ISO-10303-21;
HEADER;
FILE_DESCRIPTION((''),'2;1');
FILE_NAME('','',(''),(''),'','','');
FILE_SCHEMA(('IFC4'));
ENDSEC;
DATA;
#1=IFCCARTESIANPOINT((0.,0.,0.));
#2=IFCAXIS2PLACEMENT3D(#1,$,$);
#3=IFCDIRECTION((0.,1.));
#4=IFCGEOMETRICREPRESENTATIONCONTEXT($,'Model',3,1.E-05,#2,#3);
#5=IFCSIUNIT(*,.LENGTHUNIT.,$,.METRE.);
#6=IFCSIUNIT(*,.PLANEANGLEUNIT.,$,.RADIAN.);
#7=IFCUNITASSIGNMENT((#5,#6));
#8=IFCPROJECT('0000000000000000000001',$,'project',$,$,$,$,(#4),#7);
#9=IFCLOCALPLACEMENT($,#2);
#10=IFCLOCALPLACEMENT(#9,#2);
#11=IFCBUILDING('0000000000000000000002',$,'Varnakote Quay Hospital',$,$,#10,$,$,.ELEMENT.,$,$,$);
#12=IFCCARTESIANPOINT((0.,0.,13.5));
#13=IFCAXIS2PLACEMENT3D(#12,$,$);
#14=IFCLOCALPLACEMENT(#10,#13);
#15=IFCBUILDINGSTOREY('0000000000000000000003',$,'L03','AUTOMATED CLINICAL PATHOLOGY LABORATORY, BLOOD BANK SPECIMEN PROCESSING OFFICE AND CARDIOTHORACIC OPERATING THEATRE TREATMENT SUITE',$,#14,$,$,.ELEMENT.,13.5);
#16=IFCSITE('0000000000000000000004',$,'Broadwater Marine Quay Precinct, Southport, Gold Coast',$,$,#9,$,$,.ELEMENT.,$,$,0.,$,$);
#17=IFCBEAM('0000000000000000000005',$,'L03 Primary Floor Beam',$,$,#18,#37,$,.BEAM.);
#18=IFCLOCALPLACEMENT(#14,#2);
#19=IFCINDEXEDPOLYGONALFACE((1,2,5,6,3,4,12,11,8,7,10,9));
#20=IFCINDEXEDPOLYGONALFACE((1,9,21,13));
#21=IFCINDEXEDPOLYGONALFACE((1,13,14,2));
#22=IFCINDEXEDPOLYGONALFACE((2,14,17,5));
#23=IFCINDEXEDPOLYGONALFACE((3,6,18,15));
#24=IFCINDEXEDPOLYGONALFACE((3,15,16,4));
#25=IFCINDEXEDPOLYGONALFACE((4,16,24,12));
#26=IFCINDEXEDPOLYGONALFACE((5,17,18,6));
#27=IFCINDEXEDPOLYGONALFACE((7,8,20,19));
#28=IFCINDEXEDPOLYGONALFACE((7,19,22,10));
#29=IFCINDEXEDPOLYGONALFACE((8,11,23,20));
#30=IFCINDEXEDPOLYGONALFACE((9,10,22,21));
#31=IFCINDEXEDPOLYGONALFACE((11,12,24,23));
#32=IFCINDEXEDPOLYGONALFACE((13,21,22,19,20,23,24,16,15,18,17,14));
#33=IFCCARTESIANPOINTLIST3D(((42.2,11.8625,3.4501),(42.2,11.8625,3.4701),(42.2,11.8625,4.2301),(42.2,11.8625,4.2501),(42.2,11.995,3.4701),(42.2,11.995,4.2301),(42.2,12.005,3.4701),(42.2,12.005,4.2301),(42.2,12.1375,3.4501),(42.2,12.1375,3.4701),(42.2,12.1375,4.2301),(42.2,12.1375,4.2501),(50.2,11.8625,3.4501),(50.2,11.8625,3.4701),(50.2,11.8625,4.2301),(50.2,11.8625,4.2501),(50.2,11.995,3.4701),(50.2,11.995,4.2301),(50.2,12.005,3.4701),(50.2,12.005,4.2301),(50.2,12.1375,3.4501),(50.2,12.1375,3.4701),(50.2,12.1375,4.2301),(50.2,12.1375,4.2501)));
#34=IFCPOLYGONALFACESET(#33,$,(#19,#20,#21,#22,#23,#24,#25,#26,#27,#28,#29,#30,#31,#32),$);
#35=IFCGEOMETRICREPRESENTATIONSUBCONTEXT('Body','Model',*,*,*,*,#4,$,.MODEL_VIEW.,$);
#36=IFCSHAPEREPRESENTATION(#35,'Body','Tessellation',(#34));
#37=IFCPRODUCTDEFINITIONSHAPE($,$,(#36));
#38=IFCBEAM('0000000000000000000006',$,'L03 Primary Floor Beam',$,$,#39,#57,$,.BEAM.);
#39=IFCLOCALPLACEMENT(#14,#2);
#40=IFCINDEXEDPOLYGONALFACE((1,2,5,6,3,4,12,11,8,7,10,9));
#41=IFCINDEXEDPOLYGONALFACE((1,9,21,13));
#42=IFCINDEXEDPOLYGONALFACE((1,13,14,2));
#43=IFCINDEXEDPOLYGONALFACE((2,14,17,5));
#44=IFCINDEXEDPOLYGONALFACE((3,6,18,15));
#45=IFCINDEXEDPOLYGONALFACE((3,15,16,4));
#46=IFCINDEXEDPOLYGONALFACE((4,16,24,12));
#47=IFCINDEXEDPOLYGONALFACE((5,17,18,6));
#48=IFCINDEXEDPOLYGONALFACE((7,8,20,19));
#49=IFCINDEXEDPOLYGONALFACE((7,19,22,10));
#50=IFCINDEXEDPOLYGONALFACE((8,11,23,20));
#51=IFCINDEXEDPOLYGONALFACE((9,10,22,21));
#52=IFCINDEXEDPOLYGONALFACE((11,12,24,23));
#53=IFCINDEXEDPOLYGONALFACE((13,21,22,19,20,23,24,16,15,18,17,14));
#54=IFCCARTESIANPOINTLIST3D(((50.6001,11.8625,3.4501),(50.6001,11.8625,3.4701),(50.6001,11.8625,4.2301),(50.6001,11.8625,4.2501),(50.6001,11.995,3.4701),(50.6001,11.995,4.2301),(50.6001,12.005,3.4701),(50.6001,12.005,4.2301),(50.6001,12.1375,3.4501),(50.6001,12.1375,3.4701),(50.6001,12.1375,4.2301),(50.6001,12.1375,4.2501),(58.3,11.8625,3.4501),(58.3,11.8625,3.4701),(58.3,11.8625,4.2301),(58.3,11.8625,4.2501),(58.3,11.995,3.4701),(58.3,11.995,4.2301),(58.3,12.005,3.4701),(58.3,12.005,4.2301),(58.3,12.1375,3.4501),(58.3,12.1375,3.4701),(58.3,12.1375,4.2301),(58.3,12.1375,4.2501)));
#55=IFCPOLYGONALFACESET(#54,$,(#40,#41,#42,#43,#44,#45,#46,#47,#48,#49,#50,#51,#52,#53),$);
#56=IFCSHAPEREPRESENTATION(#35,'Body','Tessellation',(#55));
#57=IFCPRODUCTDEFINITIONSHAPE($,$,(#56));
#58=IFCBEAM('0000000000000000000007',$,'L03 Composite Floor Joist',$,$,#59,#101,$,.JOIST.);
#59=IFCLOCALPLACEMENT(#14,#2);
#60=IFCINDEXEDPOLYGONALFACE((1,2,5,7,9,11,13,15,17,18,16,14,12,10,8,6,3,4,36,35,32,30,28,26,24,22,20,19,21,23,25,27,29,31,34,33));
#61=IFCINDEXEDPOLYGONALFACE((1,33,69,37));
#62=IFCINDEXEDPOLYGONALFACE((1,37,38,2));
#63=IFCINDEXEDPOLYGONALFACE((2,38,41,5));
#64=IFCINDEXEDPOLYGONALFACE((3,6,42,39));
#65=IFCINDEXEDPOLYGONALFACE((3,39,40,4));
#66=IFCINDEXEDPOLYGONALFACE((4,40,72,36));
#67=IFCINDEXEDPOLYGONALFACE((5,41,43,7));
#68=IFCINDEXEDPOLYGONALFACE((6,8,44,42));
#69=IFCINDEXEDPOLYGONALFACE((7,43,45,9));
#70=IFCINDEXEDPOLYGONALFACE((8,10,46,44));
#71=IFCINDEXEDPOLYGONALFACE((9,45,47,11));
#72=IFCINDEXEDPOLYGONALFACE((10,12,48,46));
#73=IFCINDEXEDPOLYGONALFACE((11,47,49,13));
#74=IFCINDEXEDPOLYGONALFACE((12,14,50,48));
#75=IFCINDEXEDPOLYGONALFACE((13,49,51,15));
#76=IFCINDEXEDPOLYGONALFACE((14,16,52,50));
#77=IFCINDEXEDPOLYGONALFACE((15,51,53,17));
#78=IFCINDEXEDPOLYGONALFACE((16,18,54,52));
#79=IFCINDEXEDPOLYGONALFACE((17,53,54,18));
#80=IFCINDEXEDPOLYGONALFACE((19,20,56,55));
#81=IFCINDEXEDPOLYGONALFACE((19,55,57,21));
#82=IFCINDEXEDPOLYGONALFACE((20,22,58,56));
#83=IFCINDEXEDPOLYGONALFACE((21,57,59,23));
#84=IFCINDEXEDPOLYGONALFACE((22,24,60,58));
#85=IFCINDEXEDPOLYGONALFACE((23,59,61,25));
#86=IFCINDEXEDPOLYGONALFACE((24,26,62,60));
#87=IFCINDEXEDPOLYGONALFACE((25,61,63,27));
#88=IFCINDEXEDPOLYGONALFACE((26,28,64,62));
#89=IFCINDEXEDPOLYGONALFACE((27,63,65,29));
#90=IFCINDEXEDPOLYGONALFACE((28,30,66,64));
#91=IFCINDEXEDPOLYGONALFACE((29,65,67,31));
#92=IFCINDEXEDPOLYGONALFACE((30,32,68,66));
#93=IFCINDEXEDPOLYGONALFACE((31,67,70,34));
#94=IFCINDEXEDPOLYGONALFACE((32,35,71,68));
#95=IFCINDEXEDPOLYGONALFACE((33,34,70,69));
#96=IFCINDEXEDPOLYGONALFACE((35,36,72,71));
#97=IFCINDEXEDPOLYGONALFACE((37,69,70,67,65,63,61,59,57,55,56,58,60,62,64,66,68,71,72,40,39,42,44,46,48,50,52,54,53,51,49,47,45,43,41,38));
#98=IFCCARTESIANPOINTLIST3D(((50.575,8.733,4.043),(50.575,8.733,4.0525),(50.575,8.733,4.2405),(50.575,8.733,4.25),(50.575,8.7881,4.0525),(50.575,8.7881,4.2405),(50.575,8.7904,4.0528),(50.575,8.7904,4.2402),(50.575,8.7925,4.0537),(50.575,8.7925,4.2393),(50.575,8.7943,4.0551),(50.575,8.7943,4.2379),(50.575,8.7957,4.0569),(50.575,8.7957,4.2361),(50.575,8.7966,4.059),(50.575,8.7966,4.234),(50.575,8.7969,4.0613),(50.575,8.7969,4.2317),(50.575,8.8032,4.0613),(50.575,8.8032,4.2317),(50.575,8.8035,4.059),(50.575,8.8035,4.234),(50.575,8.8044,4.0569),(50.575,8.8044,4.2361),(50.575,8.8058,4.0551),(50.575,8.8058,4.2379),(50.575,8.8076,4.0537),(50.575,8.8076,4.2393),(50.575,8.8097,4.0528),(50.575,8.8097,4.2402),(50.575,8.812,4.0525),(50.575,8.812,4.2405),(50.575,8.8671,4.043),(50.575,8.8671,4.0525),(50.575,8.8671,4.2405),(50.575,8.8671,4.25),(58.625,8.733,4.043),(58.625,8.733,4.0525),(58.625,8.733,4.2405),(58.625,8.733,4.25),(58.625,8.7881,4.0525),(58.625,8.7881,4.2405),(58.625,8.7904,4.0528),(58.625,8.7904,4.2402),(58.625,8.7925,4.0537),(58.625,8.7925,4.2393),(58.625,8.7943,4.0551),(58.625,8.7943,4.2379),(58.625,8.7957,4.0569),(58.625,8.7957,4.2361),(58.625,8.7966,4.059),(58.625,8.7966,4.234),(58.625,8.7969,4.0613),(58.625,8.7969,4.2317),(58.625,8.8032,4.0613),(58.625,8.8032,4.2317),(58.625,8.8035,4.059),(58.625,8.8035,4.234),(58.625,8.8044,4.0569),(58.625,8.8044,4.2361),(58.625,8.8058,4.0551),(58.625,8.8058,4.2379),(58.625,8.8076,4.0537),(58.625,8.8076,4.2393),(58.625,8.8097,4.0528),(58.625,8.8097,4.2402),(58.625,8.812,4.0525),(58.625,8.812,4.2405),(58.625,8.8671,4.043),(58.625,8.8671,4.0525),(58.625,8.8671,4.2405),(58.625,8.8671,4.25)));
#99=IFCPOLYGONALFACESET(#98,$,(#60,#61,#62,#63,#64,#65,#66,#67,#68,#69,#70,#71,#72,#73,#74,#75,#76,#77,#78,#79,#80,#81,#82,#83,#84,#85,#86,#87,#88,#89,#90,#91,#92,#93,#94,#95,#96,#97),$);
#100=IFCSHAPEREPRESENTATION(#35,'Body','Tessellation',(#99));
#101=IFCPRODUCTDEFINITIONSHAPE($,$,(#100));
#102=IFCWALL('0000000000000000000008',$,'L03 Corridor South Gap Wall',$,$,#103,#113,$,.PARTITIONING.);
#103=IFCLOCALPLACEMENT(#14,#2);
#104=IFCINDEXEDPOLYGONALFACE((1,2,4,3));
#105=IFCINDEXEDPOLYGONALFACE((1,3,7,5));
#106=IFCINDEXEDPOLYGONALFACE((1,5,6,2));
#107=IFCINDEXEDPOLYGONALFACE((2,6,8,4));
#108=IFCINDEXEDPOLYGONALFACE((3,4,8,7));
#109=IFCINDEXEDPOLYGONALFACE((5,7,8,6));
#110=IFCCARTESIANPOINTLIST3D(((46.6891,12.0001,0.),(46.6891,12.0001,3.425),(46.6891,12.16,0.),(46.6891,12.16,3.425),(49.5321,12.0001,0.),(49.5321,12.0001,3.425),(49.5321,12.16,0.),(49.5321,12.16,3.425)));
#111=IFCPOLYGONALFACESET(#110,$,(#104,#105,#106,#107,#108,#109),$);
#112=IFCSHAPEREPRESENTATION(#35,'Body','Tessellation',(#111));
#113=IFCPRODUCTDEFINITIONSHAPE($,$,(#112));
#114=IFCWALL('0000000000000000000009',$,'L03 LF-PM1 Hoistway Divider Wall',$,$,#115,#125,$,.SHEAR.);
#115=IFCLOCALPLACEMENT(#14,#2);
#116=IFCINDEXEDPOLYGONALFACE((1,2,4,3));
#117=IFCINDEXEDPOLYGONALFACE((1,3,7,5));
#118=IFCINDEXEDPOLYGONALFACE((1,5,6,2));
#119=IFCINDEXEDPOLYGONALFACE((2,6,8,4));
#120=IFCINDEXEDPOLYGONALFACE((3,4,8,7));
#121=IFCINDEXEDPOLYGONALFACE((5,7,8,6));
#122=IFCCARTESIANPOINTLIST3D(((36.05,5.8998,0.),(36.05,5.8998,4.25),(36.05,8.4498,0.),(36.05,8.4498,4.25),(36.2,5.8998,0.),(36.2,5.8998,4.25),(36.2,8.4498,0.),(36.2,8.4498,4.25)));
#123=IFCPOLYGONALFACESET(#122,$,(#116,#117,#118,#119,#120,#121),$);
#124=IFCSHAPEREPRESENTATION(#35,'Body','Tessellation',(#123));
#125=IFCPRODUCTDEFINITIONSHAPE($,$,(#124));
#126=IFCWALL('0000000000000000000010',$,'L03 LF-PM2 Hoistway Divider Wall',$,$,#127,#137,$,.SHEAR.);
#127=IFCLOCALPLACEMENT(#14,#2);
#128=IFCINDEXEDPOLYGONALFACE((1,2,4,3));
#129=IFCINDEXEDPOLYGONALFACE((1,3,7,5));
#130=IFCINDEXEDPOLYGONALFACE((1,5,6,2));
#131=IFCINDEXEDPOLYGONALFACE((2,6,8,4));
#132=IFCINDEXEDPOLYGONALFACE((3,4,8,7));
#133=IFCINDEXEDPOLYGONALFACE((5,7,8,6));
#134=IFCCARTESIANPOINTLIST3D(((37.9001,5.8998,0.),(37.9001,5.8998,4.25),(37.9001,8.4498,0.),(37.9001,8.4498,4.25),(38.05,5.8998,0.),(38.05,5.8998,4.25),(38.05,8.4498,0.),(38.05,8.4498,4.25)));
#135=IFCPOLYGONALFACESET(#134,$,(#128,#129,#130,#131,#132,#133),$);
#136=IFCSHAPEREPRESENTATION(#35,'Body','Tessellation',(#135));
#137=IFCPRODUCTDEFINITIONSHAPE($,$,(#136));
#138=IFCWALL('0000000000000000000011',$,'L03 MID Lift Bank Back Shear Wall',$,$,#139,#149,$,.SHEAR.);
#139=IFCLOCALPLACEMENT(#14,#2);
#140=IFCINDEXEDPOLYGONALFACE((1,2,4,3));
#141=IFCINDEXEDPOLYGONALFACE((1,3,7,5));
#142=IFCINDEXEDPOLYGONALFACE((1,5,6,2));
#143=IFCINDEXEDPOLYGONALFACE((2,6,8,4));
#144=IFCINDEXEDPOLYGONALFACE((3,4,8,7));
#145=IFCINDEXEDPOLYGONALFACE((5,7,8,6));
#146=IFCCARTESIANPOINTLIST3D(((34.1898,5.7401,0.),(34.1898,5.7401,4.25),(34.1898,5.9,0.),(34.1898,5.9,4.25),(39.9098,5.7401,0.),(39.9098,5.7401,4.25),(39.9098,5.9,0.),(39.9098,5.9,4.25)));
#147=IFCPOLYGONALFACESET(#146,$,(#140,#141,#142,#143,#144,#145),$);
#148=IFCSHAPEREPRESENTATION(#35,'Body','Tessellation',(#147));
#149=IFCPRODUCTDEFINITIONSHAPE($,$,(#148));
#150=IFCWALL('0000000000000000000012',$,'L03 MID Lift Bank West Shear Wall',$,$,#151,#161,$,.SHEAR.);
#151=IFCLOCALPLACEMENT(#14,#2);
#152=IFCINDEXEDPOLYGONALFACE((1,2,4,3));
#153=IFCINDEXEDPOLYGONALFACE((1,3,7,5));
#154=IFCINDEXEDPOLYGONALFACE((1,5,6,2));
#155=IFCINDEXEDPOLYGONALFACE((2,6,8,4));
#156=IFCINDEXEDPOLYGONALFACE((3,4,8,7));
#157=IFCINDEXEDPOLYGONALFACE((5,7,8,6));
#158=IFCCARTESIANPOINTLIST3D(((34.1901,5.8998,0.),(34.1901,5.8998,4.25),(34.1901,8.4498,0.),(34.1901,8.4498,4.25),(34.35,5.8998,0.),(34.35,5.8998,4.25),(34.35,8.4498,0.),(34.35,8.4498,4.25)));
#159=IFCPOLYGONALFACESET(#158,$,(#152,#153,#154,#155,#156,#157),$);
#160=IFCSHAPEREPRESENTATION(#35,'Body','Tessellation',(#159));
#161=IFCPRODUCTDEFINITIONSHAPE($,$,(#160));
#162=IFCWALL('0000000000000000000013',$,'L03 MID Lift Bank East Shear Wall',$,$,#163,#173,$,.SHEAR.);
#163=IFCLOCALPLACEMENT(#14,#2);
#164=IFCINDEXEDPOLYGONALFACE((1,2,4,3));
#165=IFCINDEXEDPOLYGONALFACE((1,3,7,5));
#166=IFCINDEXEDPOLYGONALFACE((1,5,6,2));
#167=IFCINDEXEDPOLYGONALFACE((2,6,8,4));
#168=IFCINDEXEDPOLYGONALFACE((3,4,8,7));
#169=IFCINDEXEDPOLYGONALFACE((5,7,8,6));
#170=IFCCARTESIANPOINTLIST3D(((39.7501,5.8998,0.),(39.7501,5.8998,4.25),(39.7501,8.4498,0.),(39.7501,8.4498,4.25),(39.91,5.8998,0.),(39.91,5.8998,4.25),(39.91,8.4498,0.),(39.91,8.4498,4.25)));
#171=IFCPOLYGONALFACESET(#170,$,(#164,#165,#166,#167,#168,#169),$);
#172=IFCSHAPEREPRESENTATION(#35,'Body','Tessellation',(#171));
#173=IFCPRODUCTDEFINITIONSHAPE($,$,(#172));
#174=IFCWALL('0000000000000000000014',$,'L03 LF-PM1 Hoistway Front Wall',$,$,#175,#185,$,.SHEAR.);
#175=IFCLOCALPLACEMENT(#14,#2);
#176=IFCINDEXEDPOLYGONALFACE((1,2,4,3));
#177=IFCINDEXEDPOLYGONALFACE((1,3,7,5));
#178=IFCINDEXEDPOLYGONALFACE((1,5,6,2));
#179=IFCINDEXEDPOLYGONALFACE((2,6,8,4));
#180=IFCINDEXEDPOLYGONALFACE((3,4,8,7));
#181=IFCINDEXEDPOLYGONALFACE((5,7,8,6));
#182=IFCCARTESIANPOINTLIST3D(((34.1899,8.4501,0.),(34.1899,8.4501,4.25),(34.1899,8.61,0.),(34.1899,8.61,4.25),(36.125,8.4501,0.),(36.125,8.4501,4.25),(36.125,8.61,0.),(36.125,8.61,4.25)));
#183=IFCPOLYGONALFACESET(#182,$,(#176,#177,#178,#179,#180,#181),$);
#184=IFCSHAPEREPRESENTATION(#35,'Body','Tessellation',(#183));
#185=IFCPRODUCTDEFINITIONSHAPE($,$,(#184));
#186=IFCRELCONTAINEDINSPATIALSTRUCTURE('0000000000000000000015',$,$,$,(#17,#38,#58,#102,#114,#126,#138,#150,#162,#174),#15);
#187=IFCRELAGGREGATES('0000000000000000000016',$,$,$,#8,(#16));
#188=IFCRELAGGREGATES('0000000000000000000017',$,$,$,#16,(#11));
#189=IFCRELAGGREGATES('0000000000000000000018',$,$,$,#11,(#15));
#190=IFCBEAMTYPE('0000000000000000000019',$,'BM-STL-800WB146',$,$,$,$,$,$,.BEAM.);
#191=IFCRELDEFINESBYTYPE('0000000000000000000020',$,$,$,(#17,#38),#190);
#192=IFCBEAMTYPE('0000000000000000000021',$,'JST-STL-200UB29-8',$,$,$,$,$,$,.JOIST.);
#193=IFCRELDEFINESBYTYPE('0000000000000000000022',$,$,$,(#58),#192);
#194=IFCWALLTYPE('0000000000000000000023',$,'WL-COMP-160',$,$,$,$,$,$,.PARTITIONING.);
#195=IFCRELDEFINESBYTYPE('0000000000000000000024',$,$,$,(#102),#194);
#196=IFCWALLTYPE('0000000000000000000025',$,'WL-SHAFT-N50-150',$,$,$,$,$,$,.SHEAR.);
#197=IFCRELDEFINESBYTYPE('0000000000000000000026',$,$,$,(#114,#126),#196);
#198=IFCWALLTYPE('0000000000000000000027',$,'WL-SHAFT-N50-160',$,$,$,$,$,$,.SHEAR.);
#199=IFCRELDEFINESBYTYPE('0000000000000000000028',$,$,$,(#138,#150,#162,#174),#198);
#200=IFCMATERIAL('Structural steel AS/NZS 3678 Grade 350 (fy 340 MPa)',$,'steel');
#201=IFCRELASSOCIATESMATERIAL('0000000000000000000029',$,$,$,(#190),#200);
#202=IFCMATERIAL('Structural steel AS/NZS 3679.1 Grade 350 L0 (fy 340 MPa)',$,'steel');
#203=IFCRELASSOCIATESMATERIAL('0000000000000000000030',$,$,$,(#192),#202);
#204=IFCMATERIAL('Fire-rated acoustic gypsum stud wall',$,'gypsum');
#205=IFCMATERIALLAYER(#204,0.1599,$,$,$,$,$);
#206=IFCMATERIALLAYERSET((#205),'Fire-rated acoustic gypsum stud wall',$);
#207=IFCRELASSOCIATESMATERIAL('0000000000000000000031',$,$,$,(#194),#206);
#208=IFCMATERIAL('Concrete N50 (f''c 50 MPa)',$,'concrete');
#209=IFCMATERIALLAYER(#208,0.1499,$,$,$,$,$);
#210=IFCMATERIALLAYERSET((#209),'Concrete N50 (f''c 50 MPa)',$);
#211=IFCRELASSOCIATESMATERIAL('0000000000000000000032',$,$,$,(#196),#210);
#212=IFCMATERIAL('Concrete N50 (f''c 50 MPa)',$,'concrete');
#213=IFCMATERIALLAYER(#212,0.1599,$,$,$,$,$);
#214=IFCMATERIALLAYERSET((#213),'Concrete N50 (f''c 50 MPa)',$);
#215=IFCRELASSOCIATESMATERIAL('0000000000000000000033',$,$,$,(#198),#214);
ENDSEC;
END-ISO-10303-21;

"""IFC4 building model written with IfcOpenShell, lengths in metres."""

from ifc_helpers import new_model, si_unit, direction, frame, frame_2d, origin, origin_2d, place, context, subcontext, project, spatial, rectangle, i_section, extrude, material, layer, layer_set, material_profile, profile_set, type_object, element, save


model = new_model("IFC4")

# Units and contexts
model_context = context("Model", 3, precision=1e-05, world=origin(), true_north=direction((0.0, 1.0)))
body_context = subcontext(model_context, "Body", "Model", "MODEL_VIEW")
ifc_project = project(units=[si_unit("LENGTHUNIT", "METRE"), si_unit("PLANEANGLEUNIT", "RADIAN")], contexts=[model_context])

# Site, building, storey
site_placement = place(None, origin())
site = spatial("IfcSite", under=ifc_project, at=site_placement, Name="Broadwater Marine Quay Precinct, Southport, Gold Coast", CompositionType="ELEMENT", RefElevation=0.0)
building_placement = place(site_placement, origin())
building = spatial("IfcBuilding", under=site, at=building_placement, Name="Varnakote Quay Hospital", CompositionType="ELEMENT")
storey_placement = place(building_placement, frame((0.0, 0.0, 13.5)))
storey = spatial("IfcBuildingStorey", under=building, at=storey_placement, Name="L03", Description="AUTOMATED CLINICAL PATHOLOGY LABORATORY, BLOOD BANK SPECIMEN PROCESSING OFFICE AND CARDIOTHORACIC OPERATING THEATRE TREATMENT SUITE", CompositionType="ELEMENT", Elevation=13.5)

# Beams
ifc_material_1 = material(Name="Structural steel AS/NZS 3678 Grade 350 (fy 340 MPa)", Category="steel")
ifc_material_profile_1 = material_profile(ifc_material_1, i_section(OverallWidth=0.2749, OverallDepth=0.8, WebThickness=0.01, FlangeThickness=0.02, at=origin_2d()), Name="800WB146")
ifc_profile_set_1 = profile_set([ifc_material_profile_1], Name="Structural steel AS/NZS 3678 Grade 350 (fy 340 MPa)")
beam_type_1 = type_object("IfcBeamType", Name="BM-STL-800WB146", PredefinedType="BEAM", material=ifc_profile_set_1)
beam_1_placement = place(storey_placement, frame((42.2, 12.0, 3.8501), z_axis=(1.0, 0.0, 0.0), x_axis=(0.0, 1.0, 0.0)))
element("IfcBeam", 1, at=beam_1_placement, inside=storey, type_object=beam_type_1, Name="L03 Primary Floor Beam", PredefinedType="BEAM", context=body_context, shape_type="SweptSolid", body=[
    extrude(i_section(OverallWidth=0.2749, OverallDepth=0.8, WebThickness=0.01, FlangeThickness=0.02, at=origin_2d()), origin(), (0.0, 0.0, 1.0), 8.0),
])
beam_2_placement = place(storey_placement, frame((50.6001, 12.0, 3.8501), z_axis=(1.0, 0.0, 0.0), x_axis=(0.0, 1.0, 0.0)))
element("IfcBeam", 2, at=beam_2_placement, inside=storey, type_object=beam_type_1, Name="L03 Primary Floor Beam", PredefinedType="BEAM", context=body_context, shape_type="SweptSolid", body=[
    extrude(i_section(OverallWidth=0.2749, OverallDepth=0.8, WebThickness=0.01, FlangeThickness=0.02, at=origin_2d()), origin(), (0.0, 0.0, 1.0), 7.7),
])
ifc_material_2 = material(Name="Structural steel AS/NZS 3679.1 Grade 350 L0 (fy 340 MPa)", Category="steel")
ifc_material_profile_2 = material_profile(ifc_material_2, i_section(OverallWidth=0.134, OverallDepth=0.207, WebThickness=0.0063, FlangeThickness=0.0095, FilletRadius=0.0088, at=origin_2d()), Name="200UB29.8")
ifc_profile_set_2 = profile_set([ifc_material_profile_2], Name="Structural steel AS/NZS 3679.1 Grade 350 L0 (fy 340 MPa)")
beam_type_2 = type_object("IfcBeamType", Name="JST-STL-200UB29-8", PredefinedType="JOIST", material=ifc_profile_set_2)
beam_3_placement = place(storey_placement, frame((50.575, 8.8, 4.1465), z_axis=(1.0, 0.0, 0.0), x_axis=(0.0, 1.0, 0.0)))
element("IfcBeam", 3, at=beam_3_placement, inside=storey, type_object=beam_type_2, Name="L03 Composite Floor Joist", PredefinedType="JOIST", context=body_context, shape_type="SweptSolid", body=[
    extrude(i_section(OverallWidth=0.134, OverallDepth=0.207, WebThickness=0.0063, FlangeThickness=0.0095, FilletRadius=0.0088, at=origin_2d()), origin(), (0.0, 0.0, 1.0), 8.05),
])

# Walls
ifc_material_3 = material(Name="Fire-rated acoustic gypsum stud wall", Category="gypsum")
ifc_layer_1 = layer(ifc_material_3, 0.1599)
ifc_layer_set_1 = layer_set([ifc_layer_1], Name="Fire-rated acoustic gypsum stud wall")
wall_type_1 = type_object("IfcWallType", Name="WL-COMP-160", PredefinedType="PARTITIONING", material=ifc_layer_set_1)
wall_1_placement = place(storey_placement, frame((46.6892, 12.0801, 0.0), z_axis=(0.0, 0.0, 1.0), x_axis=(1.0, 0.0, 0.0)))
element("IfcWall", 4, at=wall_1_placement, inside=storey, type_object=wall_type_1, Name="L03 Corridor South Gap Wall", PredefinedType="PARTITIONING", context=body_context, shape_type="SweptSolid", body=[
    extrude(rectangle(XDim=2.843, YDim=0.1599, at=frame_2d((1.4214, 0.0))), origin(), (0.0, 0.0, 1.0), 3.425),
])
ifc_material_4 = material(Name="Concrete N50 (f'c 50 MPa)", Category="concrete")
ifc_layer_2 = layer(ifc_material_4, 0.1499)
ifc_layer_set_2 = layer_set([ifc_layer_2], Name="Concrete N50 (f'c 50 MPa)")
wall_type_2 = type_object("IfcWallType", Name="WL-SHAFT-N50-150", PredefinedType="SHEAR", material=ifc_layer_set_2)
for number, where, z_axis, x_axis, name in (
    (5, (36.125, 5.8999, 0.0), (0.0, 0.0, 1.0), (0.0, 1.0, 0.0), "L03 LF-PM1 Hoistway Divider Wall"),
    (6, (37.9751, 5.8999, 0.0), (0.0, 0.0, 1.0), (0.0, 1.0, 0.0), "L03 LF-PM2 Hoistway Divider Wall"),
):
    element("IfcWall", number, at=place(storey_placement, frame(where, z_axis=z_axis, x_axis=x_axis)), inside=storey, type_object=wall_type_2, Name=name, PredefinedType="SHEAR", context=body_context, shape_type="SweptSolid", body=[
        extrude(rectangle(XDim=2.55, YDim=0.1499, at=frame_2d((1.2749, 0.0))), origin(), (0.0, 0.0, 1.0), 4.25),
    ])
ifc_material_5 = material(Name="Concrete N50 (f'c 50 MPa)", Category="concrete")
ifc_layer_3 = layer(ifc_material_5, 0.1599)
ifc_layer_set_3 = layer_set([ifc_layer_3], Name="Concrete N50 (f'c 50 MPa)")
wall_type_3 = type_object("IfcWallType", Name="WL-SHAFT-N50-160", PredefinedType="SHEAR", material=ifc_layer_set_3)
wall_2_placement = place(storey_placement, frame((34.1899, 5.8201, 0.0), z_axis=(0.0, 0.0, 1.0), x_axis=(1.0, 0.0, 0.0)))
element("IfcWall", 7, at=wall_2_placement, inside=storey, type_object=wall_type_3, Name="L03 MID Lift Bank Back Shear Wall", PredefinedType="SHEAR", context=body_context, shape_type="SweptSolid", body=[
    extrude(rectangle(XDim=5.72, YDim=0.1599, at=frame_2d((2.8599, 0.0))), origin(), (0.0, 0.0, 1.0), 4.25),
])
for number, where, z_axis, x_axis, name in (
    (8, (34.27, 5.8999, 0.0), (0.0, 0.0, 1.0), (0.0, 1.0, 0.0), "L03 MID Lift Bank West Shear Wall"),
    (9, (39.8301, 5.8999, 0.0), (0.0, 0.0, 1.0), (0.0, 1.0, 0.0), "L03 MID Lift Bank East Shear Wall"),
):
    element("IfcWall", number, at=place(storey_placement, frame(where, z_axis=z_axis, x_axis=x_axis)), inside=storey, type_object=wall_type_3, Name=name, PredefinedType="SHEAR", context=body_context, shape_type="SweptSolid", body=[
        extrude(rectangle(XDim=2.55, YDim=0.1599, at=frame_2d((1.2749, 0.0))), origin(), (0.0, 0.0, 1.0), 4.25),
    ])
wall_3_placement = place(storey_placement, frame((34.1899, 8.53, 0.0), z_axis=(0.0, 0.0, 1.0), x_axis=(1.0, 0.0, 0.0)))
element("IfcWall", 10, at=wall_3_placement, inside=storey, type_object=wall_type_3, Name="L03 LF-PM1 Hoistway Front Wall", PredefinedType="SHEAR", context=body_context, shape_type="SweptSolid", body=[
    extrude(rectangle(XDim=1.9351, YDim=0.1599, at=frame_2d((0.9675, 0.0))), origin(), (0.0, 0.0, 1.0), 4.25),
])

save(model, "model.ifc")
